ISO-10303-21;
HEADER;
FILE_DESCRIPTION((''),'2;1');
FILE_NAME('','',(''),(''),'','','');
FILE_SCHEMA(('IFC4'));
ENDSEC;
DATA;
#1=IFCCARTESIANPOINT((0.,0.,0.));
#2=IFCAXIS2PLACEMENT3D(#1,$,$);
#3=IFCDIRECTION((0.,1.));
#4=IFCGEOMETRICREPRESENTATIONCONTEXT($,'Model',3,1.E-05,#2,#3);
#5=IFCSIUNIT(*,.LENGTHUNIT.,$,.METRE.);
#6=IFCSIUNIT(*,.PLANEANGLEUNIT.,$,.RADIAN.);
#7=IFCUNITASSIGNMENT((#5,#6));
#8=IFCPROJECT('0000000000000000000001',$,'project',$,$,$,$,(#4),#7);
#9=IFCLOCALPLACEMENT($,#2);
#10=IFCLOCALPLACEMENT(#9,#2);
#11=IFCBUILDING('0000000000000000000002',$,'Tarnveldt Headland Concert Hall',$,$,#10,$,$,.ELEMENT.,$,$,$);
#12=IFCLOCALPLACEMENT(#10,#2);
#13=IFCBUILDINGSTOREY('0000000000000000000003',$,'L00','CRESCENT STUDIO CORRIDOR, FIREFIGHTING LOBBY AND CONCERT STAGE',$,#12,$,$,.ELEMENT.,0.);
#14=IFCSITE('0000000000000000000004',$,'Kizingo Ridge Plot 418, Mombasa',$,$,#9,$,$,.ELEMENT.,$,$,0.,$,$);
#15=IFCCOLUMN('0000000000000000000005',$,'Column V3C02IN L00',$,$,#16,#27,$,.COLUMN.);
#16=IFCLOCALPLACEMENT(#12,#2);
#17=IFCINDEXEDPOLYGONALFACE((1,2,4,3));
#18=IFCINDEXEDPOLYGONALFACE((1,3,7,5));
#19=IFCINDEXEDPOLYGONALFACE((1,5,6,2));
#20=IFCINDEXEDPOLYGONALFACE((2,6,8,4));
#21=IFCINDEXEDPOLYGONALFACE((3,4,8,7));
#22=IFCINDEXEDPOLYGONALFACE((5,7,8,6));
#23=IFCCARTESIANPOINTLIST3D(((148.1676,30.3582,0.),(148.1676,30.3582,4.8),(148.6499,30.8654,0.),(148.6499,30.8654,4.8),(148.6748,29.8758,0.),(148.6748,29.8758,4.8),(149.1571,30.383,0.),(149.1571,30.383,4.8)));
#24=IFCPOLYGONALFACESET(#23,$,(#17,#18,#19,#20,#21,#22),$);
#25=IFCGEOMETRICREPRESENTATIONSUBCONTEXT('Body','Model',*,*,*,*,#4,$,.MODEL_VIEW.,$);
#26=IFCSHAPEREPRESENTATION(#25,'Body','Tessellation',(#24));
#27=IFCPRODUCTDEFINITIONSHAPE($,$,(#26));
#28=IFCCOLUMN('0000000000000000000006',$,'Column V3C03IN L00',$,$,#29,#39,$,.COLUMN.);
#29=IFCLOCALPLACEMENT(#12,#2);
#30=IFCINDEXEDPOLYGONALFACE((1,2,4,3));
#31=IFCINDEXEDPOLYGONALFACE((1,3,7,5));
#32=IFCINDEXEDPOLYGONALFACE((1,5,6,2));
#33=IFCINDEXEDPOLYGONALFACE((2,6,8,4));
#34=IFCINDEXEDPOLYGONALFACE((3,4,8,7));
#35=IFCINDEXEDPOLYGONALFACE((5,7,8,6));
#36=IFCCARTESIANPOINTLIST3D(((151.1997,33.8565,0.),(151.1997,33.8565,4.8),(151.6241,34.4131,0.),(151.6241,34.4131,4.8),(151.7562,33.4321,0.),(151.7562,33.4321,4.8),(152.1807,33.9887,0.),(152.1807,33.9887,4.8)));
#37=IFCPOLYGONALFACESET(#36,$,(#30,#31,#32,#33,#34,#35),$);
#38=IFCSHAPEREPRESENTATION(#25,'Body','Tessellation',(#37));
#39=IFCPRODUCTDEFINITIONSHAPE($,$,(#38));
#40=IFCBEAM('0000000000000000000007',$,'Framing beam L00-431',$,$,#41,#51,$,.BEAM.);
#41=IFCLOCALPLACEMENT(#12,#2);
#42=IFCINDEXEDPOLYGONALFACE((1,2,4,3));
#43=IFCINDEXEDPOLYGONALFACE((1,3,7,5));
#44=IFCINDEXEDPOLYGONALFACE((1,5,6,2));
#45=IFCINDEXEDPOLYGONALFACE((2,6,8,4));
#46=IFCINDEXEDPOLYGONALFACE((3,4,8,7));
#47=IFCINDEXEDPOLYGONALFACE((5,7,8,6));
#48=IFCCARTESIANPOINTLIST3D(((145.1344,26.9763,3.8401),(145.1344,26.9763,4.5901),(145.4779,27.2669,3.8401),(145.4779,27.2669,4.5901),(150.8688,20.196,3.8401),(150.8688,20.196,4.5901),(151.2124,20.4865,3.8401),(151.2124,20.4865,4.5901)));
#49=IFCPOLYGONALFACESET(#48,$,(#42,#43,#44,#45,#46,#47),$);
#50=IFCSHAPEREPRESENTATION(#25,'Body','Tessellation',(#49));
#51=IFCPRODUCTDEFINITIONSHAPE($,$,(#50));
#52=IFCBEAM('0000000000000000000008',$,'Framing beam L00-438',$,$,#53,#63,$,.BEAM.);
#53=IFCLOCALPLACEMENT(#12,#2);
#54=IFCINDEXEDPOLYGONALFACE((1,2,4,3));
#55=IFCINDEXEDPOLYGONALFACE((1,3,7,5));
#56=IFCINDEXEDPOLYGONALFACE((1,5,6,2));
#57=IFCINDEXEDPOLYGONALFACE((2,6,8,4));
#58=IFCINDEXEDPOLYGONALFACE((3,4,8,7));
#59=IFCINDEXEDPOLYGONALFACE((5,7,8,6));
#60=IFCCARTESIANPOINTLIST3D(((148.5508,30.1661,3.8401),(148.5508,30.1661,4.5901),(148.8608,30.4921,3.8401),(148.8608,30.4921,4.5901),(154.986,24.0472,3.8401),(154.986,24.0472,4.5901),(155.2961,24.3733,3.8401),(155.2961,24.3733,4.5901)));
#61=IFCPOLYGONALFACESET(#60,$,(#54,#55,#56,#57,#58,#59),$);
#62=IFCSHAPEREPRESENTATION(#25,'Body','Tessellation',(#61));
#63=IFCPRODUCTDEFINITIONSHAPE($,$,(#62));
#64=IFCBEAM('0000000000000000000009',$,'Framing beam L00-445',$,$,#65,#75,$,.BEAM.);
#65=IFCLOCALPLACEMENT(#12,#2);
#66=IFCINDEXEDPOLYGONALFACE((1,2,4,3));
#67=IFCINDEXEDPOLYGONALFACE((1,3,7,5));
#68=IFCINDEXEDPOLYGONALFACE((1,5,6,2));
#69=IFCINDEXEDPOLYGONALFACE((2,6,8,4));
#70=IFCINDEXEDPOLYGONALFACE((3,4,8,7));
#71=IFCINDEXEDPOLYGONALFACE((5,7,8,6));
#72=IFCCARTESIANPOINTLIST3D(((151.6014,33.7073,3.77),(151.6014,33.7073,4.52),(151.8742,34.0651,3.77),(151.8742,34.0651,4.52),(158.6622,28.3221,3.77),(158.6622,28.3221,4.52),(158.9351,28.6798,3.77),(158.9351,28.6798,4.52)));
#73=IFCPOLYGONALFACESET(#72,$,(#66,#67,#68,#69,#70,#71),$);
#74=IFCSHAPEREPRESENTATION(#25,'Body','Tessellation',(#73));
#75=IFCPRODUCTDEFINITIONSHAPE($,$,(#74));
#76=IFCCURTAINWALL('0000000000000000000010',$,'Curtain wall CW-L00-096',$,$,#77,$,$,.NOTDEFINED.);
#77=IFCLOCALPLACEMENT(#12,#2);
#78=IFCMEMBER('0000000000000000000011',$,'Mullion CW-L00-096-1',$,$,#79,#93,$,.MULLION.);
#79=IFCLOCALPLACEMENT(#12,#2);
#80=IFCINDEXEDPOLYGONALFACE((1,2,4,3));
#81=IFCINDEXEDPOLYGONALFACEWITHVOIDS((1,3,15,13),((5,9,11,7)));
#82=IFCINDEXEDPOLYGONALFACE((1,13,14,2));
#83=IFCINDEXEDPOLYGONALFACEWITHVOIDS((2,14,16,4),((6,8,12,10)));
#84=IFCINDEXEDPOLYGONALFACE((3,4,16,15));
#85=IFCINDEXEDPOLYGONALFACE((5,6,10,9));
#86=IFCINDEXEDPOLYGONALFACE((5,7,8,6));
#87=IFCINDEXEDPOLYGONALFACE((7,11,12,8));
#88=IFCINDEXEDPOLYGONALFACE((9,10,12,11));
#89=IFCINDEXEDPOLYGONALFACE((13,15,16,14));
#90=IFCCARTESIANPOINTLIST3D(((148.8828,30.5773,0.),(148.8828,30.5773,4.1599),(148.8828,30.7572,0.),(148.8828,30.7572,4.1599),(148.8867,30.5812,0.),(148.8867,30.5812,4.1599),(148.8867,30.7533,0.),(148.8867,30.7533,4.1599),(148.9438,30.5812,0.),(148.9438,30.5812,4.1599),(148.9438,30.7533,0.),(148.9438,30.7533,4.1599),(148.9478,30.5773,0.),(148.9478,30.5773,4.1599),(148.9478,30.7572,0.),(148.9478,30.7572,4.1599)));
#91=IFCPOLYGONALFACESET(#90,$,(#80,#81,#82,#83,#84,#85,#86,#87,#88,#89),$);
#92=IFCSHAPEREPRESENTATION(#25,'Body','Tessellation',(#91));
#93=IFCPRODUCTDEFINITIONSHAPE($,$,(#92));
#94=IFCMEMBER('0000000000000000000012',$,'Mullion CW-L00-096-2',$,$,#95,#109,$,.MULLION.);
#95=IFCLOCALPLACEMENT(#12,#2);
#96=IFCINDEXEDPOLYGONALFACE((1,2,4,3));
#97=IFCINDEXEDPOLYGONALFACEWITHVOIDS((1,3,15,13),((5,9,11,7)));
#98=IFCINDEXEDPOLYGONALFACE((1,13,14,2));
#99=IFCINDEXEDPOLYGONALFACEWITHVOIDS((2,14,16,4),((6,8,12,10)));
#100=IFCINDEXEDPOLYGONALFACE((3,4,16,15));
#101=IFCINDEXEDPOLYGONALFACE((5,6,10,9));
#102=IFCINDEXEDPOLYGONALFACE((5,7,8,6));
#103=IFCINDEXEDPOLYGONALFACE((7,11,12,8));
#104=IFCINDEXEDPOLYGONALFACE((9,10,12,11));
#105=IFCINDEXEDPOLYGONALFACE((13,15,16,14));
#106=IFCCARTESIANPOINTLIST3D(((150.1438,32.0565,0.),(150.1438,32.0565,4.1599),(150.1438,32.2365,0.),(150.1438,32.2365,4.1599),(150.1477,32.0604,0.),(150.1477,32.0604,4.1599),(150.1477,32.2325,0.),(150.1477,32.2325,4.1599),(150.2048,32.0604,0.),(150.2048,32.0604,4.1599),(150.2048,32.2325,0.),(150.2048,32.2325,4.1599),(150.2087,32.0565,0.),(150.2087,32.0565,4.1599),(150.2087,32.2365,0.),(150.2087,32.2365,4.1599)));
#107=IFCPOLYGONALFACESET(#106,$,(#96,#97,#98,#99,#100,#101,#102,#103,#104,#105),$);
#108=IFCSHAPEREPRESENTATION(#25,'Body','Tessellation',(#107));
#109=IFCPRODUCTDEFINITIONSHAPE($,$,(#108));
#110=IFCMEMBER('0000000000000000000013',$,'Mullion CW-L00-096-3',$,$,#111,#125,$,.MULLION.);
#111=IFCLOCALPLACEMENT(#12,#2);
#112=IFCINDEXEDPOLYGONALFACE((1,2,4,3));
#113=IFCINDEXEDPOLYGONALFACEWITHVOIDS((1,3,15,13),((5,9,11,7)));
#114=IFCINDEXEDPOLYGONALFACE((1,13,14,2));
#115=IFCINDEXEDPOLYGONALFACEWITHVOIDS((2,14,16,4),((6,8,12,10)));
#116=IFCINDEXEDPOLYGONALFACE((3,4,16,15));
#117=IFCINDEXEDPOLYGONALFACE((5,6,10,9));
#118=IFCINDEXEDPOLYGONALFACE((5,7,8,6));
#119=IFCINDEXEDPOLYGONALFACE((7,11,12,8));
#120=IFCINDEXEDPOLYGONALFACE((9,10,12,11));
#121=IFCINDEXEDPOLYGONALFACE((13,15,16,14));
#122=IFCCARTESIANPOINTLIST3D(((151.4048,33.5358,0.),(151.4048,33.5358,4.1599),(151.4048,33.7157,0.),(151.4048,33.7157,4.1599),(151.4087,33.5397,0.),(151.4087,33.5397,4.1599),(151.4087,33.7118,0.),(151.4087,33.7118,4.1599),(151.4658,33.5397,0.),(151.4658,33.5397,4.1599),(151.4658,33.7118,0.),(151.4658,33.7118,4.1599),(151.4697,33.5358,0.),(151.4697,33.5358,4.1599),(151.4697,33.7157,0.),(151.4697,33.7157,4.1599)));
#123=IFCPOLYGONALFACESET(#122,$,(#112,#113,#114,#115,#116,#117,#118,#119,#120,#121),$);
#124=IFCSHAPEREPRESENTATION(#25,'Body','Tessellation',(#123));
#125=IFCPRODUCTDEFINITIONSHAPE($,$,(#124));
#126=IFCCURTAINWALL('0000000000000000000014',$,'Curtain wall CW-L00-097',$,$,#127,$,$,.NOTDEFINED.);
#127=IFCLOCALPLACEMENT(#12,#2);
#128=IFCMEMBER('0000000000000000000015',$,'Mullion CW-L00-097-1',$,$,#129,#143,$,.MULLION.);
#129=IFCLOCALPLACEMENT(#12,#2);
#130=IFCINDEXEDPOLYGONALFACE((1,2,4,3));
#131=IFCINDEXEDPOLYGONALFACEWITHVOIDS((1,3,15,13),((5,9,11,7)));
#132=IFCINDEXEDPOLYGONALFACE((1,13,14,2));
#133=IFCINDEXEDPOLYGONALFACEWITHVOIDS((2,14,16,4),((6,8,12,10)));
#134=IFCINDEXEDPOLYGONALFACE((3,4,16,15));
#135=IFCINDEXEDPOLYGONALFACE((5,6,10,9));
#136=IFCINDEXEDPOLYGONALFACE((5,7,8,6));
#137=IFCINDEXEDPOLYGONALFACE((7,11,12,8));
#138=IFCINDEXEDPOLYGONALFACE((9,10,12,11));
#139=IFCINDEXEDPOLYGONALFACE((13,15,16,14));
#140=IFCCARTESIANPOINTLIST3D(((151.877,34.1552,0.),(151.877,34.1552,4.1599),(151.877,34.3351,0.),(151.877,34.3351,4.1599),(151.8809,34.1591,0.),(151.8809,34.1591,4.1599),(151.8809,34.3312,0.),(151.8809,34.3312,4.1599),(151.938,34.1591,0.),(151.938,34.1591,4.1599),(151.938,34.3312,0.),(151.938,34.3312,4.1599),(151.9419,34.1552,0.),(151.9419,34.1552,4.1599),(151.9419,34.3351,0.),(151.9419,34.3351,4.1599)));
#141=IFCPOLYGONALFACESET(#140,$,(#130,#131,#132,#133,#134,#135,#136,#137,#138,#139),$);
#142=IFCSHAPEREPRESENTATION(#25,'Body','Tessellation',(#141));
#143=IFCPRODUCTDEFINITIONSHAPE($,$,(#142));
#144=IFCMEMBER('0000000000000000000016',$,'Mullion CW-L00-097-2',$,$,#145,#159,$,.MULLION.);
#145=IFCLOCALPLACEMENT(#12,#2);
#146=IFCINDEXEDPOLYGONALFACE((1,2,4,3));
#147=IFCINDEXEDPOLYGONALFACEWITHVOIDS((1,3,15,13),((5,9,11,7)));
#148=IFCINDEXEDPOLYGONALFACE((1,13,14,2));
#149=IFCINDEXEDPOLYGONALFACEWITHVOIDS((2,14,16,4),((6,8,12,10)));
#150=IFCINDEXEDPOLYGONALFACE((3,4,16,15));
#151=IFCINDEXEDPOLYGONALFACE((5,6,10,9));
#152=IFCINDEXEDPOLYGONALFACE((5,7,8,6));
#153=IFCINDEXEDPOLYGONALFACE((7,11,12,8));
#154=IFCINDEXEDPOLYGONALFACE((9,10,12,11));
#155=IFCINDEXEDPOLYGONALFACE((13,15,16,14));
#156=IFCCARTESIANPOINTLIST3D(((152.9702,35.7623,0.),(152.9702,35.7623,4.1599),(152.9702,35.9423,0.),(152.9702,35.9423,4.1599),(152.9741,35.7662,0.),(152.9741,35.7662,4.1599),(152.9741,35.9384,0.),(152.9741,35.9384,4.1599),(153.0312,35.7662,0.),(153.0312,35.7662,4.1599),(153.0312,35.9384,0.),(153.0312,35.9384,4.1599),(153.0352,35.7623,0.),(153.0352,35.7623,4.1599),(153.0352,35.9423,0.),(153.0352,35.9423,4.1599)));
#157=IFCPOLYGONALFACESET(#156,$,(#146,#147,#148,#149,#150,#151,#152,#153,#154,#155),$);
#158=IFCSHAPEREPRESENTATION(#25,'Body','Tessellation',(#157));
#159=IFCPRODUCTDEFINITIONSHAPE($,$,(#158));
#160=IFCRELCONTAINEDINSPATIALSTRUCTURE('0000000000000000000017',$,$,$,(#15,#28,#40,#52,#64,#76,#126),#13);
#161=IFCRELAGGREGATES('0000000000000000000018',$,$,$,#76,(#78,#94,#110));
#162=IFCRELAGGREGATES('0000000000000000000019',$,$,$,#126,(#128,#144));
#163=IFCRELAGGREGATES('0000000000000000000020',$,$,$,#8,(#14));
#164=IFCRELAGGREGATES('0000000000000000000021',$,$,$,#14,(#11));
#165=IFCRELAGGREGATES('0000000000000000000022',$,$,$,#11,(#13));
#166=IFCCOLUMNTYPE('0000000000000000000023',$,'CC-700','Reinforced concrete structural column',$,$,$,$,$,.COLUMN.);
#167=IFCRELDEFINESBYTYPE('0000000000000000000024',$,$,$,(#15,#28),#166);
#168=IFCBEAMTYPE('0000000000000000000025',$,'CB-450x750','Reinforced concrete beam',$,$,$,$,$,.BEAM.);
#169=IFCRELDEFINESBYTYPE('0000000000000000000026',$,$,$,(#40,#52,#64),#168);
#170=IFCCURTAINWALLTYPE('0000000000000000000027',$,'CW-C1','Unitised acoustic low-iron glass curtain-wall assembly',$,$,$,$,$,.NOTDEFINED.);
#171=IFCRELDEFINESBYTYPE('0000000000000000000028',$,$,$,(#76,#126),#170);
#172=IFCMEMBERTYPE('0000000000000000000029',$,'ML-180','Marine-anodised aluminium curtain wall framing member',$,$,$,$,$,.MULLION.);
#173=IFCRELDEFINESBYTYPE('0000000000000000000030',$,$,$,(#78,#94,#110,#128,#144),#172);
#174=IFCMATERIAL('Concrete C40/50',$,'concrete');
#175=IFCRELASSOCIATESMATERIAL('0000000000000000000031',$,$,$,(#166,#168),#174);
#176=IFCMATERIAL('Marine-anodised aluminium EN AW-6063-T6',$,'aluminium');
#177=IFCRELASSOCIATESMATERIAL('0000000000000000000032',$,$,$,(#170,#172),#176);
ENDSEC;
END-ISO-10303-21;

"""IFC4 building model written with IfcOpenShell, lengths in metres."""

from ifc_helpers import new_model, si_unit, direction, frame, origin, origin_2d, place, context, subcontext, project, spatial, rectangle, hollow_rectangle, extrude, material, material_profile, profile_set, type_object, element, aggregate, save


model = new_model("IFC4")

# Units and contexts
model_context = context("Model", 3, precision=1e-05, world=origin(), true_north=direction((0.0, 1.0)))
body_context = subcontext(model_context, "Body", "Model", "MODEL_VIEW")
ifc_project = project(units=[si_unit("LENGTHUNIT", "METRE"), si_unit("PLANEANGLEUNIT", "RADIAN")], contexts=[model_context])

# Site, building, storey
site_placement = place(None, origin())
site = spatial("IfcSite", under=ifc_project, at=site_placement, Name="Kizingo Ridge Plot 418, Mombasa", CompositionType="ELEMENT", RefElevation=0.0)
building_placement = place(site_placement, origin())
building = spatial("IfcBuilding", under=site, at=building_placement, Name="Tarnveldt Headland Concert Hall", CompositionType="ELEMENT")
storey_placement = place(building_placement, origin())
storey = spatial("IfcBuildingStorey", under=building, at=storey_placement, Name="L00", Description="CRESCENT STUDIO CORRIDOR, FIREFIGHTING LOBBY AND CONCERT STAGE", CompositionType="ELEMENT", Elevation=0.0)

# Columns
ifc_material_1 = material(Name="Concrete C40/50", Category="concrete")
ifc_material_profile_1 = material_profile(ifc_material_1, rectangle(XDim=0.7, YDim=0.7, at=origin_2d()), Name="RC 700x700", Category="concrete")
ifc_profile_set_1 = profile_set([ifc_material_profile_1], Name="Concrete C40/50")
column_type = type_object("IfcColumnType", Name="CC-700", Description="Reinforced concrete structural column", PredefinedType="COLUMN", material=ifc_profile_set_1)
for number, where, z_axis, x_axis, name in (
    (1, (148.6624, 30.3706, 0.0), (0.0, 0.0, 1.0), (0.724653, -0.689114, 0.0), "Column V3C02IN L00"),
    (2, (151.6902, 33.9226, 0.0), (0.0, 0.0, 1.0), (0.795156, -0.606405, 0.0), "Column V3C03IN L00"),
):
    element("IfcColumn", number, at=place(storey_placement, frame(where, z_axis=z_axis, x_axis=x_axis)), inside=storey, type_object=column_type, Name=name, PredefinedType="COLUMN", context=body_context, shape_type="SweptSolid", body=[
        extrude(rectangle(XDim=0.7, YDim=0.7, at=origin_2d()), origin(), (0.0, 0.0, 1.0), 4.8),
    ])

# Beams
ifc_material_profile_2 = material_profile(ifc_material_1, rectangle(XDim=0.45, YDim=0.75, at=origin_2d()), Name="RC 450x750", Category="concrete")
ifc_profile_set_2 = profile_set([ifc_material_profile_2], Name="Concrete C40/50")
beam_type_1 = type_object("IfcBeamType", Name="CB-450x750", Description="Reinforced concrete beam", PredefinedType="BEAM", material=ifc_profile_set_2)
beam_1_placement = place(storey_placement, frame((145.3062, 27.1216, 4.2151), z_axis=(0.64576, -0.763541, 0.0), x_axis=(0.763541, 0.64576, 0.0)))
element("IfcBeam", 3, at=beam_1_placement, inside=storey, type_object=beam_type_1, Name="Framing beam L00-431", PredefinedType="BEAM", context=body_context, shape_type="SweptSolid", body=[
    extrude(rectangle(XDim=0.45, YDim=0.75, at=origin_2d()), origin(), (0.0, 0.0, 1.0), 8.8801),
])
beam_2_placement = place(storey_placement, frame((148.7058, 30.3291, 4.2151), z_axis=(0.724698, -0.689067, 0.0), x_axis=(0.689067, 0.724698, 0.0)))
element("IfcBeam", 4, at=beam_2_placement, inside=storey, type_object=beam_type_1, Name="Framing beam L00-438", PredefinedType="BEAM", context=body_context, shape_type="SweptSolid", body=[
    extrude(rectangle(XDim=0.45, YDim=0.75, at=origin_2d()), origin(), (0.0, 0.0, 1.0), 8.8799),
])
beam_3_placement = place(storey_placement, frame((151.7378, 33.8862, 4.145), z_axis=(0.795127, -0.606442, 0.0), x_axis=(0.606442, 0.795127, 0.0)))
element("IfcBeam", 5, at=beam_3_placement, inside=storey, type_object=beam_type_1, Name="Framing beam L00-445", PredefinedType="BEAM", context=body_context, shape_type="SweptSolid", body=[
    extrude(rectangle(XDim=0.45, YDim=0.75, at=origin_2d()), origin(), (0.0, 0.0, 1.0), 8.8801),
])

# Curtain walls, members
ifc_material_2 = material(Name="Marine-anodised aluminium EN AW-6063-T6", Category="aluminium")
curtain_wall_type = type_object("IfcCurtainWallType", Name="CW-C1", Description="Unitised acoustic low-iron glass curtain-wall assembly", PredefinedType="NOTDEFINED", material=ifc_material_2)
curtain_wall_1_placement = place(storey_placement, origin())
curtain_wall_1 = element("IfcCurtainWall", 6, at=curtain_wall_1_placement, inside=storey, type_object=curtain_wall_type, Name="Curtain wall CW-L00-096", PredefinedType="NOTDEFINED")
ifc_material_profile_3 = material_profile(ifc_material_2, hollow_rectangle(XDim=0.0649, YDim=0.1799, WallThickness=0.0039, at=origin_2d()), Name="ALU MULLION 65x180x4", Category="aluminium")
ifc_profile_set_3 = profile_set([ifc_material_profile_3], Name="Marine-anodised aluminium EN AW-6063-T6")
member_type_1 = type_object("IfcMemberType", Name="ML-180", Description="Marine-anodised aluminium curtain wall framing member", PredefinedType="MULLION", material=ifc_profile_set_3)
member_1_placement = place(storey_placement, frame((148.9153, 30.6672, 0.0), z_axis=(0.0, 0.0, 1.0), x_axis=(1.0, 0.0, 0.0)))
member_1 = element("IfcMember", 7, at=member_1_placement, type_object=member_type_1, Name="Mullion CW-L00-096-1", PredefinedType="MULLION", context=body_context, shape_type="SweptSolid", body=[
    extrude(hollow_rectangle(XDim=0.0649, YDim=0.1799, WallThickness=0.0039, at=origin_2d()), origin(), (0.0, 0.0, 1.0), 4.1599),
])
member_2_placement = place(storey_placement, frame((150.1763, 32.1465, 0.0), z_axis=(0.0, 0.0, 1.0), x_axis=(1.0, 0.0, 0.0)))
member_2 = element("IfcMember", 8, at=member_2_placement, type_object=member_type_1, Name="Mullion CW-L00-096-2", PredefinedType="MULLION", context=body_context, shape_type="SweptSolid", body=[
    extrude(hollow_rectangle(XDim=0.0649, YDim=0.1799, WallThickness=0.0039, at=origin_2d()), origin(), (0.0, 0.0, 1.0), 4.1599),
])
member_3_placement = place(storey_placement, frame((151.4373, 33.6257, 0.0), z_axis=(0.0, 0.0, 1.0), x_axis=(1.0, 0.0, 0.0)))
member_3 = element("IfcMember", 9, at=member_3_placement, type_object=member_type_1, Name="Mullion CW-L00-096-3", PredefinedType="MULLION", context=body_context, shape_type="SweptSolid", body=[
    extrude(hollow_rectangle(XDim=0.0649, YDim=0.1799, WallThickness=0.0039, at=origin_2d()), origin(), (0.0, 0.0, 1.0), 4.1599),
])
curtain_wall_2_placement = place(storey_placement, origin())
curtain_wall_2 = element("IfcCurtainWall", 10, at=curtain_wall_2_placement, inside=storey, type_object=curtain_wall_type, Name="Curtain wall CW-L00-097", PredefinedType="NOTDEFINED")
member_4_placement = place(storey_placement, frame((151.9094, 34.2451, 0.0), z_axis=(0.0, 0.0, 1.0), x_axis=(1.0, 0.0, 0.0)))
member_4 = element("IfcMember", 11, at=member_4_placement, type_object=member_type_1, Name="Mullion CW-L00-097-1", PredefinedType="MULLION", context=body_context, shape_type="SweptSolid", body=[
    extrude(hollow_rectangle(XDim=0.0649, YDim=0.1799, WallThickness=0.0039, at=origin_2d()), origin(), (0.0, 0.0, 1.0), 4.1599),
])
member_5_placement = place(storey_placement, frame((153.0027, 35.8523, 0.0), z_axis=(0.0, 0.0, 1.0), x_axis=(1.0, 0.0, 0.0)))
member_5 = element("IfcMember", 12, at=member_5_placement, type_object=member_type_1, Name="Mullion CW-L00-097-2", PredefinedType="MULLION", context=body_context, shape_type="SweptSolid", body=[
    extrude(hollow_rectangle(XDim=0.0649, YDim=0.1799, WallThickness=0.0039, at=origin_2d()), origin(), (0.0, 0.0, 1.0), 4.1599),
])

aggregate(curtain_wall_1, [member_1, member_2, member_3])
aggregate(curtain_wall_2, [member_4, member_5])

save(model, "model.ifc")
